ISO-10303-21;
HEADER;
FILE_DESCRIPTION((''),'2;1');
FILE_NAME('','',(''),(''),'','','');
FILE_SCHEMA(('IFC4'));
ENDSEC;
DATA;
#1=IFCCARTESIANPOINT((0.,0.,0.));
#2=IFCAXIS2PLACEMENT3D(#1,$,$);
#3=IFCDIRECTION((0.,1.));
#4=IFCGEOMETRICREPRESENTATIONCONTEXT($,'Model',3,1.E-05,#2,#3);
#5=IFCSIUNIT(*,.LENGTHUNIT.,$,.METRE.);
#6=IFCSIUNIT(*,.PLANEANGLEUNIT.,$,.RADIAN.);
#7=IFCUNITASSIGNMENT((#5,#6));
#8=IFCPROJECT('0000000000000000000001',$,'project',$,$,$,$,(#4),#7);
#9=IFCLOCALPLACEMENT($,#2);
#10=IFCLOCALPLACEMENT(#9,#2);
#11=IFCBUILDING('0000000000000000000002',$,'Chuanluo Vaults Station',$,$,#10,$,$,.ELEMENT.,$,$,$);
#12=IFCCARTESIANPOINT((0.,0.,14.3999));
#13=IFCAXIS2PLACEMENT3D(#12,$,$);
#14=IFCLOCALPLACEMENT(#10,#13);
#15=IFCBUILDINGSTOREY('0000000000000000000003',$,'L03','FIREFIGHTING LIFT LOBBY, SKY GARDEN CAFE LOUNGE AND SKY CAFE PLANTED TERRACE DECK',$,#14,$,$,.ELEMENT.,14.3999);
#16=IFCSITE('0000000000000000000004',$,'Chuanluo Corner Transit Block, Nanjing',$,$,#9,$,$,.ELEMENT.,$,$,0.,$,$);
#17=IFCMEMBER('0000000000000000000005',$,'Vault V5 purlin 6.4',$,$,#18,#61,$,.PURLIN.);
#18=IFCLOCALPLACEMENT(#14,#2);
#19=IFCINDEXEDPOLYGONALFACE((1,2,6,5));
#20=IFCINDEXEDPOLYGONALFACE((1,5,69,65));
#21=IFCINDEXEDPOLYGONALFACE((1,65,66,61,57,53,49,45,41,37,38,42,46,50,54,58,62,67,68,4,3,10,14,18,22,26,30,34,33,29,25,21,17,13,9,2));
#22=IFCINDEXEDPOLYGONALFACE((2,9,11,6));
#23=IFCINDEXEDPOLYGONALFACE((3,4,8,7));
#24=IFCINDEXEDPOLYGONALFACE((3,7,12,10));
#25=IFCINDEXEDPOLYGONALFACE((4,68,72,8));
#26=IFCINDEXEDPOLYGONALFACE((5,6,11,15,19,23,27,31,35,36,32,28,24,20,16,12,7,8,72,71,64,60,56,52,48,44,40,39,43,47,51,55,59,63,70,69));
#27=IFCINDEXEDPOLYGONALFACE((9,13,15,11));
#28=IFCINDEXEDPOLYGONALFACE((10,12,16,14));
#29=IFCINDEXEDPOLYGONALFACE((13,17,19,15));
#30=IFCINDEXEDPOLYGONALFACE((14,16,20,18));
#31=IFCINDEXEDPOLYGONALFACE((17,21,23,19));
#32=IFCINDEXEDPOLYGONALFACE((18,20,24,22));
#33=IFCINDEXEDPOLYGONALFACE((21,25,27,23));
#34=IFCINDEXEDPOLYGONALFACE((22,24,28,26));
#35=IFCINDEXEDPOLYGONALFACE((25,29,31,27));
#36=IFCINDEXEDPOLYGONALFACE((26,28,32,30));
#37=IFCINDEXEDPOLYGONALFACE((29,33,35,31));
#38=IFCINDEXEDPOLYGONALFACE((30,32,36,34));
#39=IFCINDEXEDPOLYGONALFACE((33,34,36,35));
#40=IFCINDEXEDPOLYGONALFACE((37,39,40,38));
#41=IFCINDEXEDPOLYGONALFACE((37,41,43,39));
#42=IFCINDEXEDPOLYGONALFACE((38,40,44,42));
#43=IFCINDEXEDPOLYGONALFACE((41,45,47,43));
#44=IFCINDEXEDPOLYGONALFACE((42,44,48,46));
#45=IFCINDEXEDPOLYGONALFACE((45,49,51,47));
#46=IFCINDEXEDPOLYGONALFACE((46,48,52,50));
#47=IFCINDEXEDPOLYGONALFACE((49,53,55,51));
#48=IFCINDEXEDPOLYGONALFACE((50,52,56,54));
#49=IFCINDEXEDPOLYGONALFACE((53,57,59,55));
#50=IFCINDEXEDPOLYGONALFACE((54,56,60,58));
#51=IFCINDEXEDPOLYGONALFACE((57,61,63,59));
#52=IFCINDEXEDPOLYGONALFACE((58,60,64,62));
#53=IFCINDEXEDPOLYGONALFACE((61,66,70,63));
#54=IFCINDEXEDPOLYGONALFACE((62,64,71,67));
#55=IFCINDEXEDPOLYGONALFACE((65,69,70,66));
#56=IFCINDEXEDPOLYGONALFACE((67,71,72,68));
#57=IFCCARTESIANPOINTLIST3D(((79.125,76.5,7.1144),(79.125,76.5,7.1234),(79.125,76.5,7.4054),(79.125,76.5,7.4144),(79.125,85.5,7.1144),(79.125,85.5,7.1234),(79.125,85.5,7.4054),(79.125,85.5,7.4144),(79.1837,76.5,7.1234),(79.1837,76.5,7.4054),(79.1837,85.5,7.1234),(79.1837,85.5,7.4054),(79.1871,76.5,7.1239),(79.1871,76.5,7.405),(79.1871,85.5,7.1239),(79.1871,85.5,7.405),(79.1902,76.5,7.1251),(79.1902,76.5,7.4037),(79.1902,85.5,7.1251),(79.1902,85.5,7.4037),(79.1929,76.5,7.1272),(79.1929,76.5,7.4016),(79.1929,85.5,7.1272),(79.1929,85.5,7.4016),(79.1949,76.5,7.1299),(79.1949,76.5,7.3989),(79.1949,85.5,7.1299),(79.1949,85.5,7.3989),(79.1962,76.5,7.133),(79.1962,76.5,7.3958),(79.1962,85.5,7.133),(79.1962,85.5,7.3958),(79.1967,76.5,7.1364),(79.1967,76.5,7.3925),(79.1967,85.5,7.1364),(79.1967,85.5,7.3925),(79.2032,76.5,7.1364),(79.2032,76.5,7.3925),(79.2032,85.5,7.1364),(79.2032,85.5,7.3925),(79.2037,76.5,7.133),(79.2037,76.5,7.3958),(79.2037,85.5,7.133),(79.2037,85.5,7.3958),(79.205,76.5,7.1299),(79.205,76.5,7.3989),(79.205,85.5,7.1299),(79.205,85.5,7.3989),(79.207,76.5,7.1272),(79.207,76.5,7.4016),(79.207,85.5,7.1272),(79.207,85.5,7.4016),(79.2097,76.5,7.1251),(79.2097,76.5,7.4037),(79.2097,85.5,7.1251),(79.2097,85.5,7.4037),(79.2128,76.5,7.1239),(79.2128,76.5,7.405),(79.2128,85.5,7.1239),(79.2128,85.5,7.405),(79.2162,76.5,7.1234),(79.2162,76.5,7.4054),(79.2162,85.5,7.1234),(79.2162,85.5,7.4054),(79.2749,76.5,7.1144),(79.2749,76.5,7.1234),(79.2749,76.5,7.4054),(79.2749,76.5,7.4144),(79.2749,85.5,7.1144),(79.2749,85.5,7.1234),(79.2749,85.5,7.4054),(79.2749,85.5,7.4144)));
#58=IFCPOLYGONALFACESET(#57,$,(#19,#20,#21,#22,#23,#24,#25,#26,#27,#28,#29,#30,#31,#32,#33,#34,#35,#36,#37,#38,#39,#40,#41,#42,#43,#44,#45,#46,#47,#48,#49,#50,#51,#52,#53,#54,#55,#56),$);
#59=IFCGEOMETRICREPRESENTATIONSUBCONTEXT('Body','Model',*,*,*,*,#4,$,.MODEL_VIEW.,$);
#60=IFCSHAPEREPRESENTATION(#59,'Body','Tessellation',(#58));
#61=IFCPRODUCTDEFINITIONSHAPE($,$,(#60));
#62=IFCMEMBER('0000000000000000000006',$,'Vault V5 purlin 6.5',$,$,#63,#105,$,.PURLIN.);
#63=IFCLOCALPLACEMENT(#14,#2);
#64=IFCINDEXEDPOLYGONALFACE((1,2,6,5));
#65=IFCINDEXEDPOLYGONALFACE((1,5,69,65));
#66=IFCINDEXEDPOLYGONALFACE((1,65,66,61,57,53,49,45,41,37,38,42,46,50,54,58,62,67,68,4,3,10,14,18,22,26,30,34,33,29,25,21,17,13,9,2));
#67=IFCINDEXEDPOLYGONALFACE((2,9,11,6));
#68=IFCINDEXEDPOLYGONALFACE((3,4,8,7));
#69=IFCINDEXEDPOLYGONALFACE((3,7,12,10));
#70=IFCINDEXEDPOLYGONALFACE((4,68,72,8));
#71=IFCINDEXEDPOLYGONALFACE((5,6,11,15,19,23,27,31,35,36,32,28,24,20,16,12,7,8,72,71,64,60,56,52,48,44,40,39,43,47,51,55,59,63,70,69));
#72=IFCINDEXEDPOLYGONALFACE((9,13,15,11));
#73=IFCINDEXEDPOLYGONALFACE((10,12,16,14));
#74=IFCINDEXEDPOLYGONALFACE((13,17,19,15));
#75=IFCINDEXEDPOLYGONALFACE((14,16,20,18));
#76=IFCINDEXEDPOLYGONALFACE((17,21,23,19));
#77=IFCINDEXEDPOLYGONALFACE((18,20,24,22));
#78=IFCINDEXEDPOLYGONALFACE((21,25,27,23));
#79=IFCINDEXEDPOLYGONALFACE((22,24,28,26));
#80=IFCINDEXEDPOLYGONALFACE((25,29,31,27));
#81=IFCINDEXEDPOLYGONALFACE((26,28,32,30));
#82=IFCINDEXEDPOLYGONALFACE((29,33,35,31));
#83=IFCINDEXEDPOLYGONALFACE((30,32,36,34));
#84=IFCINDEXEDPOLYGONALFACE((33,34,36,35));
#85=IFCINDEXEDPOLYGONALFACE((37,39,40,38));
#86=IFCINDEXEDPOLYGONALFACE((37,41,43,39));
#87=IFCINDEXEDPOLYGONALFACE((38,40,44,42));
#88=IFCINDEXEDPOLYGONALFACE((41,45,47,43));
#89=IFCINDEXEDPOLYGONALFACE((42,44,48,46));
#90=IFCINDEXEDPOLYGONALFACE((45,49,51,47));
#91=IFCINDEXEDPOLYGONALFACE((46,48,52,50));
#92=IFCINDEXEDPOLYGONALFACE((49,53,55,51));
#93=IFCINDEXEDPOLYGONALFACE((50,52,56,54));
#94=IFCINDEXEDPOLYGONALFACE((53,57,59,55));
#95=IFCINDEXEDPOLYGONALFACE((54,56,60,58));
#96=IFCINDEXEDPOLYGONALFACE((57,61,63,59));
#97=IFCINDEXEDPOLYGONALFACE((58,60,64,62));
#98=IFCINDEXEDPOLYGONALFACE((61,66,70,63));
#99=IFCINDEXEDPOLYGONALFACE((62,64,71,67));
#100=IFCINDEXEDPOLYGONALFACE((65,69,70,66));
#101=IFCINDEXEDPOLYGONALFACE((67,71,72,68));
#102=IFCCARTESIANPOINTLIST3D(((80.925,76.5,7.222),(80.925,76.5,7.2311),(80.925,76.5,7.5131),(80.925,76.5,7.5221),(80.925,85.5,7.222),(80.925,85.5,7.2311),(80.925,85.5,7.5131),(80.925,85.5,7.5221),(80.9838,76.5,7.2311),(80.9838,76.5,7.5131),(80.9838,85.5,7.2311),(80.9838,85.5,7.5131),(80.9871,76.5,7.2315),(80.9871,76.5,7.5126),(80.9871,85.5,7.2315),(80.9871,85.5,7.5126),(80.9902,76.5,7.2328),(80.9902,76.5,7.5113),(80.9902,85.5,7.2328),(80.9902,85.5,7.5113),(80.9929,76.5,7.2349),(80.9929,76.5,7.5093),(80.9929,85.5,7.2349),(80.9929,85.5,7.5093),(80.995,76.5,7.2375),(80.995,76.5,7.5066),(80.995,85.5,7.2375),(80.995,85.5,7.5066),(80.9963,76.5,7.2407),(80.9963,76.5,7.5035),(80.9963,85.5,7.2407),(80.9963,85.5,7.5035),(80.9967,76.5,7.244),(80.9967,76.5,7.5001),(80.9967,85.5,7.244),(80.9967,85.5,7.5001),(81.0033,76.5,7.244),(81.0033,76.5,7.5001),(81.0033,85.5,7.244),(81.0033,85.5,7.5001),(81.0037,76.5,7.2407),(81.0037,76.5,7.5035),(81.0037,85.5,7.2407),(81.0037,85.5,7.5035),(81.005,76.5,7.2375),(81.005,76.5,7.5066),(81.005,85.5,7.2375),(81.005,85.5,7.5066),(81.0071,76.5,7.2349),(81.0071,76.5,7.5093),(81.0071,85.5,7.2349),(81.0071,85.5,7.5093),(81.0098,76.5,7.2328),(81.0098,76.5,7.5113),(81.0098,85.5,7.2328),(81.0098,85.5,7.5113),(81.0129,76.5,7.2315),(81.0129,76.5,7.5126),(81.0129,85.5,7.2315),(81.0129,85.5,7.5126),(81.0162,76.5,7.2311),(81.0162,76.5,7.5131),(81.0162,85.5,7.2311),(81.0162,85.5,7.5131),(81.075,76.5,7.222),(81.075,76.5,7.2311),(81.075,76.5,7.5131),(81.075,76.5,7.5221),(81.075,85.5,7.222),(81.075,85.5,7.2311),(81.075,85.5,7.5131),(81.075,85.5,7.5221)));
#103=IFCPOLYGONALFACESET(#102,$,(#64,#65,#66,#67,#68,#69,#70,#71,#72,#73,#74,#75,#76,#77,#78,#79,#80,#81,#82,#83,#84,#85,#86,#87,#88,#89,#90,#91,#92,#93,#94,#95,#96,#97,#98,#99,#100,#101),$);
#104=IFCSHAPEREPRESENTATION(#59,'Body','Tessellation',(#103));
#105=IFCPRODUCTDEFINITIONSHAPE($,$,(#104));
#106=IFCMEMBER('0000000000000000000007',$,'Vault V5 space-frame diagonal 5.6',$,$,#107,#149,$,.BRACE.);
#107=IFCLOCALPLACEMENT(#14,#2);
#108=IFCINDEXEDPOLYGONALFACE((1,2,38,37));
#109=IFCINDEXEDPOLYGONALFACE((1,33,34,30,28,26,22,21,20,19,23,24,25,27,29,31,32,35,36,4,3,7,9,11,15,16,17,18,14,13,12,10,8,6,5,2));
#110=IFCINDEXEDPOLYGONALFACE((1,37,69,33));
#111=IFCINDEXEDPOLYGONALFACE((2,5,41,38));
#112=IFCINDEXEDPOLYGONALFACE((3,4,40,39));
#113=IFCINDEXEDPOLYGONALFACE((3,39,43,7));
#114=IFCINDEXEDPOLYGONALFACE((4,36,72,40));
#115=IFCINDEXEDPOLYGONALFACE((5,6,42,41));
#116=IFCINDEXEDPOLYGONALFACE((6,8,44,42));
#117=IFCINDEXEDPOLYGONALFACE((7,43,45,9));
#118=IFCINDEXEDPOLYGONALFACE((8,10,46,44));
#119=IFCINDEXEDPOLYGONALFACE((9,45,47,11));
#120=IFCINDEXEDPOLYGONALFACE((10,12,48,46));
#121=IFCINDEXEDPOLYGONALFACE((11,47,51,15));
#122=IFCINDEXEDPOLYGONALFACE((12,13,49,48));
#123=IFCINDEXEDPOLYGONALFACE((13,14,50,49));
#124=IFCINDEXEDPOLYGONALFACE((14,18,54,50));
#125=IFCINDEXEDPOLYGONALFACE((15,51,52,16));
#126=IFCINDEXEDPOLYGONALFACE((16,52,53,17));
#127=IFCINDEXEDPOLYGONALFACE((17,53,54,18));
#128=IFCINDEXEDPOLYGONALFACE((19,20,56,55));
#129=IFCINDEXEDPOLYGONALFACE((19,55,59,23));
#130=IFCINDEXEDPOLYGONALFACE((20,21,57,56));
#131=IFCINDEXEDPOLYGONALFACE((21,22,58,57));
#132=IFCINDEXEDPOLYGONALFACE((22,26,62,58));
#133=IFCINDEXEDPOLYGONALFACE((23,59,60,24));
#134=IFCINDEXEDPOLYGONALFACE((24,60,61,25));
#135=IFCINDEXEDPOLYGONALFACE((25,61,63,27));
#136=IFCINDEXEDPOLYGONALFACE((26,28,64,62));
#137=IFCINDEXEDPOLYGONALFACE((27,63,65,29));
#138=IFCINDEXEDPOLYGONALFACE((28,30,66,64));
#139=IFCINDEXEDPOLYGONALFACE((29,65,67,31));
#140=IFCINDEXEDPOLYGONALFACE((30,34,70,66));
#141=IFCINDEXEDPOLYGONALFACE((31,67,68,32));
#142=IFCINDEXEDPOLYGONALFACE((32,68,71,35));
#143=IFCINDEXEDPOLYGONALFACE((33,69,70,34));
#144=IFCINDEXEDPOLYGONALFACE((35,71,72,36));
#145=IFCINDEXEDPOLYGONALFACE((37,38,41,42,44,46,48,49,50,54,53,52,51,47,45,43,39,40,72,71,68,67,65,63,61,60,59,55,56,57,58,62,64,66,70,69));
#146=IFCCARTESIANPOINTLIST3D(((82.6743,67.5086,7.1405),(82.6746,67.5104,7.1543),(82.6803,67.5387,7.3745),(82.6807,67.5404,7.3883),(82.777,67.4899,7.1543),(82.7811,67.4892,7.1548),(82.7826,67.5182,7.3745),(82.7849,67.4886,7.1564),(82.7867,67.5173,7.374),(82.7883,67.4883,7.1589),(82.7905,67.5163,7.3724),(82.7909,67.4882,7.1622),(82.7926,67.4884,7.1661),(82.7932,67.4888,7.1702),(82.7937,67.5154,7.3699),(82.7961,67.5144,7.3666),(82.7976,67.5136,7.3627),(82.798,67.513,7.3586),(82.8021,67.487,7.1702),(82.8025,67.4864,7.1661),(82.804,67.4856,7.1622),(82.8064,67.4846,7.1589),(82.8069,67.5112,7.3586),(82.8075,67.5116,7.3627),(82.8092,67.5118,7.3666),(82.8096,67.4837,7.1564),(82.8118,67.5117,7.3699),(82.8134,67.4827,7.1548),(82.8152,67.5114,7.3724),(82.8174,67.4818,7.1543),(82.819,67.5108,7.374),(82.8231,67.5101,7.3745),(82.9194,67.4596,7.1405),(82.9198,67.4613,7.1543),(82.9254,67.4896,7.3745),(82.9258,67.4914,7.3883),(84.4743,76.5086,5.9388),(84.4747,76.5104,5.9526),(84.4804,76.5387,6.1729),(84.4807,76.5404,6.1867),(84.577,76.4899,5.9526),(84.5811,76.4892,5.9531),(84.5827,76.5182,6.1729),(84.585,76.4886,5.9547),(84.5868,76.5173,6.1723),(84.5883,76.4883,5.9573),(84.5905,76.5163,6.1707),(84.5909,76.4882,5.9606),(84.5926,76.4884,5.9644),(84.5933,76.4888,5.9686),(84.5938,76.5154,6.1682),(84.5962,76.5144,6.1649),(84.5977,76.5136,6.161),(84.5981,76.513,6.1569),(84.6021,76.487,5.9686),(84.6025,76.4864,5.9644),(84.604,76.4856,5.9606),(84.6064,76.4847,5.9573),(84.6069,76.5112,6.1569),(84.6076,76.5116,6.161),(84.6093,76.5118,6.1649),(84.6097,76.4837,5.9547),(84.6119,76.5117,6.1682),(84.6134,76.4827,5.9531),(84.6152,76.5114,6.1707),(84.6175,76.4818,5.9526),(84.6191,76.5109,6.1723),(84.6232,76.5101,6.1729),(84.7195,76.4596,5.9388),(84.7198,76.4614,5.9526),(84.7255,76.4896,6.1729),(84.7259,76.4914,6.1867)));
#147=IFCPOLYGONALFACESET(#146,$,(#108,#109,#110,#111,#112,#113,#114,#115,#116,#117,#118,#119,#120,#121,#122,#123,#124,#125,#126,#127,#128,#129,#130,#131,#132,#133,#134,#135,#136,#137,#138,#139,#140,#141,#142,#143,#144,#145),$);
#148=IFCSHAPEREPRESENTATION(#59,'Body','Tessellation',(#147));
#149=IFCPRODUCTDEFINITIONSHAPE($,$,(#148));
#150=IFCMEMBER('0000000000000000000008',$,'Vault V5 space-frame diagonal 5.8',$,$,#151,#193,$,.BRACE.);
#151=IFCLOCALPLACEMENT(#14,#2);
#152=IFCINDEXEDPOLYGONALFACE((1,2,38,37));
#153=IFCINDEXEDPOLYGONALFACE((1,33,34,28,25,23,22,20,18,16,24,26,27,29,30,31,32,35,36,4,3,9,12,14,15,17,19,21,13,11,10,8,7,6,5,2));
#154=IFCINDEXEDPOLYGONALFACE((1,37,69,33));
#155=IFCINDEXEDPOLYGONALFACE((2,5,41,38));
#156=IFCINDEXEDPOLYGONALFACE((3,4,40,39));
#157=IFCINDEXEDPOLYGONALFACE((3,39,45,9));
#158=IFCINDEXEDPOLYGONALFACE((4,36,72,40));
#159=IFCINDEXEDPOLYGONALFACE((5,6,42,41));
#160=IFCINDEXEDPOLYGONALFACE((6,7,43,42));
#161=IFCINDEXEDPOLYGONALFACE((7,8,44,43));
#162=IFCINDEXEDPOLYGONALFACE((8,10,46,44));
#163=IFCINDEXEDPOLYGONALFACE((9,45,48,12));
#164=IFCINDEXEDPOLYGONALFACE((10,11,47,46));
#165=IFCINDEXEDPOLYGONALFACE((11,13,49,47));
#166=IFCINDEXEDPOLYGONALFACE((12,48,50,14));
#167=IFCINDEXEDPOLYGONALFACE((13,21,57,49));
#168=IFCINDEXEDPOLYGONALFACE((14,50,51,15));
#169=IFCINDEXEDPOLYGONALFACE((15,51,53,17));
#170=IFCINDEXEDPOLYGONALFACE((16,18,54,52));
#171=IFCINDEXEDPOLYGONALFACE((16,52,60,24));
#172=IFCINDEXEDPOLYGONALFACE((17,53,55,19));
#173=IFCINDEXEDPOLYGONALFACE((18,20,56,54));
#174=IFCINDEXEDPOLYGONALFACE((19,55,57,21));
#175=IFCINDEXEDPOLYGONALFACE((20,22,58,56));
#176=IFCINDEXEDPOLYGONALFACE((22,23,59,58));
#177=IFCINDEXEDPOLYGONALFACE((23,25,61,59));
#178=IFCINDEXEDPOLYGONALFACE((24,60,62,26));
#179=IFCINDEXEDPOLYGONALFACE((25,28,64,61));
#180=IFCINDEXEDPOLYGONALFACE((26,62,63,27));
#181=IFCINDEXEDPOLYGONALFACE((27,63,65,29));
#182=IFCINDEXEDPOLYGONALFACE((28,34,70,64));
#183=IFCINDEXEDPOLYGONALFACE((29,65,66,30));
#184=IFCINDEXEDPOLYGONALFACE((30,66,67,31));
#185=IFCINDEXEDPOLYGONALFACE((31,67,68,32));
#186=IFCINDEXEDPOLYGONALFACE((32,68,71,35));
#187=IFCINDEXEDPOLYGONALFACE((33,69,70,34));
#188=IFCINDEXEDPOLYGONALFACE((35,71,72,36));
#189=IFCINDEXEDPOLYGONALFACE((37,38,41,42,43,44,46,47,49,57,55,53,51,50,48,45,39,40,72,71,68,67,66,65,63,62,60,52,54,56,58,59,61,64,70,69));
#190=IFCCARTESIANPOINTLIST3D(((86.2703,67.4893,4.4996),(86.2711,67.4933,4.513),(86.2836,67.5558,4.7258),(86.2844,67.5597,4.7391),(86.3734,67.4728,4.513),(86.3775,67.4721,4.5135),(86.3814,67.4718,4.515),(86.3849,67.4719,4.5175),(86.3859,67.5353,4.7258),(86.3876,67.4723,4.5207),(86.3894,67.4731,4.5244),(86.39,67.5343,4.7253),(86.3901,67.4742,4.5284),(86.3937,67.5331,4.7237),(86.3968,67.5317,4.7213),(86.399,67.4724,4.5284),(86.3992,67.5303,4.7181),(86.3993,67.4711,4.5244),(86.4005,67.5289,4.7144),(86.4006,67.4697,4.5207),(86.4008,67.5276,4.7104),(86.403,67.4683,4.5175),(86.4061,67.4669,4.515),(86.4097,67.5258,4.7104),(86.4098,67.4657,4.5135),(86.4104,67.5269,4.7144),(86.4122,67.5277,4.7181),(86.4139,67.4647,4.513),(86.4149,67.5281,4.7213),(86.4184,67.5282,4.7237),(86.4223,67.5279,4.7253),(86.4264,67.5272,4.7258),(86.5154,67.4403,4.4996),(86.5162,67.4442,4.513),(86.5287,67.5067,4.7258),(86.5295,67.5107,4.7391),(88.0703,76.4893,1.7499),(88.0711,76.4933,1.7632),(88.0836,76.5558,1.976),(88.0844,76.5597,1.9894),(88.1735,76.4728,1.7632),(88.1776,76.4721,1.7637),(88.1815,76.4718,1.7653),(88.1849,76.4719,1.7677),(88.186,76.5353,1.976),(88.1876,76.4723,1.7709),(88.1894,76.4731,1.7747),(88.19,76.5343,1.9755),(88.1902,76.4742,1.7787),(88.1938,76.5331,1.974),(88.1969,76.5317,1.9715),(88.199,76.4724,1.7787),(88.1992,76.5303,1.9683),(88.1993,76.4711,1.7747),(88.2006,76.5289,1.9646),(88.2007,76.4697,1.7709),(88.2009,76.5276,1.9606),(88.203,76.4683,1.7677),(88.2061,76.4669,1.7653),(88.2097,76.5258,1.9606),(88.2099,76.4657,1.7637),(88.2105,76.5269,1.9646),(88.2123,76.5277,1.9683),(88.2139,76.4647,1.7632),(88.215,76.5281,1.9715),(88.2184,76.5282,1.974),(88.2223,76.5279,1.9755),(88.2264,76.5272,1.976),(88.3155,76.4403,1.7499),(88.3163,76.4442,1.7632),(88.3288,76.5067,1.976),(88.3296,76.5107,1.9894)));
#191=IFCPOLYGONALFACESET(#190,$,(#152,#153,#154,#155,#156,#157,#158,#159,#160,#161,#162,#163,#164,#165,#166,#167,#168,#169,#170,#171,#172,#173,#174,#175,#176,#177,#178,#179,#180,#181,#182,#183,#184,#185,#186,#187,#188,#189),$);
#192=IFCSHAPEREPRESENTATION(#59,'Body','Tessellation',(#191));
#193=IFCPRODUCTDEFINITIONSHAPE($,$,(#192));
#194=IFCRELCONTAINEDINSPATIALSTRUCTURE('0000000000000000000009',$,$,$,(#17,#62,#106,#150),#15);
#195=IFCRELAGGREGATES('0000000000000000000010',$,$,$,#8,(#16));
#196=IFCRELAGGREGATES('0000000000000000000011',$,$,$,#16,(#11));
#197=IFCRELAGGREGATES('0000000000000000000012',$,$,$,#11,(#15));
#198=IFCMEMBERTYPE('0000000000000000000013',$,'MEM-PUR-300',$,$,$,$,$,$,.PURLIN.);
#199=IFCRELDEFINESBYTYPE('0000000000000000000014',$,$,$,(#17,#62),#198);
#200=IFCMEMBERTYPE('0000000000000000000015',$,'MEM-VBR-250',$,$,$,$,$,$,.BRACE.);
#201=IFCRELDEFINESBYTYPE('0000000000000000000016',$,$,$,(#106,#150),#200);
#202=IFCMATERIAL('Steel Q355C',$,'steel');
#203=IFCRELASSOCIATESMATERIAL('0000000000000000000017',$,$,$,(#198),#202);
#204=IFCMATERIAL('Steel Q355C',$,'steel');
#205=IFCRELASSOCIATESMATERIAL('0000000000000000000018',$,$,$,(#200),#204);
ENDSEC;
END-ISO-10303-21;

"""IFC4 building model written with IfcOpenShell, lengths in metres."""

from ifc_helpers import new_model, si_unit, direction, frame, origin, origin_2d, place, context, subcontext, project, spatial, i_section, extrude, material, material_profile, profile_set, type_object, element, save


model = new_model("IFC4")

# Units and contexts
model_context = context("Model", 3, precision=1e-05, world=origin(), true_north=direction((0.0, 1.0)))
body_context = subcontext(model_context, "Body", "Model", "MODEL_VIEW")
ifc_project = project(units=[si_unit("LENGTHUNIT", "METRE"), si_unit("PLANEANGLEUNIT", "RADIAN")], contexts=[model_context])

# Site, building, storey
site_placement = place(None, origin())
site = spatial("IfcSite", under=ifc_project, at=site_placement, Name="Chuanluo Corner Transit Block, Nanjing", CompositionType="ELEMENT", RefElevation=0.0)
building_placement = place(site_placement, origin())
building = spatial("IfcBuilding", under=site, at=building_placement, Name="Chuanluo Vaults Station", CompositionType="ELEMENT")
storey_placement = place(building_placement, frame((0.0, 0.0, 14.3999)))
storey = spatial("IfcBuildingStorey", under=building, at=storey_placement, Name="L03", Description="FIREFIGHTING LIFT LOBBY, SKY GARDEN CAFE LOUNGE AND SKY CAFE PLANTED TERRACE DECK", CompositionType="ELEMENT", Elevation=14.3999)

# Members
ifc_material_1 = material(Name="Steel Q355C", Category="steel")
ifc_material_profile_1 = material_profile(ifc_material_1, i_section(OverallWidth=0.1499, OverallDepth=0.3, WebThickness=0.0066, FlangeThickness=0.009, FilletRadius=0.0129, at=origin_2d()))
ifc_profile_set_1 = profile_set([ifc_material_profile_1], Name="Steel Q355C")
member_type_1 = type_object("IfcMemberType", Name="MEM-PUR-300", PredefinedType="PURLIN", material=ifc_profile_set_1)
for number, where, z_axis, x_axis, name in (
    (1, (79.2, 76.5, 7.2644), (0.0, 1.0, 0.0), (-1.0, 0.0, 0.0), "Vault V5 purlin 6.4"),
    (2, (81.0, 76.5, 7.3721), (0.0, 1.0, 0.0), (-1.0, 0.0, 0.0), "Vault V5 purlin 6.5"),
):
    element("IfcMember", number, at=place(storey_placement, frame(where, z_axis=z_axis, x_axis=x_axis)), inside=storey, type_object=member_type_1, Name=name, PredefinedType="PURLIN", context=body_context, shape_type="SweptSolid", body=[
        extrude(i_section(OverallWidth=0.1499, OverallDepth=0.3, WebThickness=0.0066, FlangeThickness=0.009, FilletRadius=0.0129, at=origin_2d()), origin(), (0.0, 0.0, 1.0), 9.0),
    ])
ifc_material_2 = material(Name="Steel Q355C", Category="steel")
ifc_material_profile_2 = material_profile(ifc_material_2, i_section(OverallWidth=0.25, OverallDepth=0.25, WebThickness=0.009, FlangeThickness=0.0139, FilletRadius=0.0161, at=origin_2d()))
ifc_profile_set_2 = profile_set([ifc_material_profile_2], Name="Steel Q355C")
member_type_2 = type_object("IfcMemberType", Name="MEM-VBR-250", PredefinedType="BRACE", material=ifc_profile_set_2)
member_1_placement = place(storey_placement, frame((82.8, 67.5, 7.2644), z_axis=(0.194462, 0.972282, -0.129817), x_axis=(-0.98058, 0.196121, 0.0)))
element("IfcMember", 3, at=member_1_placement, inside=storey, type_object=member_type_2, Name="Vault V5 space-frame diagonal 5.6", PredefinedType="BRACE", context=body_context, shape_type="SweptSolid", body=[
    extrude(i_section(OverallWidth=0.25, OverallDepth=0.25, WebThickness=0.009, FlangeThickness=0.0139, FilletRadius=0.0161, at=origin_2d()), origin(), (0.0, 0.0, 1.0), 9.2566),
])
member_2_placement = place(storey_placement, frame((86.3999, 67.5, 4.6194), z_axis=(0.187871, 0.93933, -0.286992), x_axis=(-0.98058, 0.196121, 0.0)))
element("IfcMember", 4, at=member_2_placement, inside=storey, type_object=member_type_2, Name="Vault V5 space-frame diagonal 5.8", PredefinedType="BRACE", context=body_context, shape_type="SweptSolid", body=[
    extrude(i_section(OverallWidth=0.25, OverallDepth=0.25, WebThickness=0.009, FlangeThickness=0.0139, FilletRadius=0.0161, at=origin_2d()), origin(), (0.0, 0.0, 1.0), 9.5813),
])

save(model, "model.ifc")
